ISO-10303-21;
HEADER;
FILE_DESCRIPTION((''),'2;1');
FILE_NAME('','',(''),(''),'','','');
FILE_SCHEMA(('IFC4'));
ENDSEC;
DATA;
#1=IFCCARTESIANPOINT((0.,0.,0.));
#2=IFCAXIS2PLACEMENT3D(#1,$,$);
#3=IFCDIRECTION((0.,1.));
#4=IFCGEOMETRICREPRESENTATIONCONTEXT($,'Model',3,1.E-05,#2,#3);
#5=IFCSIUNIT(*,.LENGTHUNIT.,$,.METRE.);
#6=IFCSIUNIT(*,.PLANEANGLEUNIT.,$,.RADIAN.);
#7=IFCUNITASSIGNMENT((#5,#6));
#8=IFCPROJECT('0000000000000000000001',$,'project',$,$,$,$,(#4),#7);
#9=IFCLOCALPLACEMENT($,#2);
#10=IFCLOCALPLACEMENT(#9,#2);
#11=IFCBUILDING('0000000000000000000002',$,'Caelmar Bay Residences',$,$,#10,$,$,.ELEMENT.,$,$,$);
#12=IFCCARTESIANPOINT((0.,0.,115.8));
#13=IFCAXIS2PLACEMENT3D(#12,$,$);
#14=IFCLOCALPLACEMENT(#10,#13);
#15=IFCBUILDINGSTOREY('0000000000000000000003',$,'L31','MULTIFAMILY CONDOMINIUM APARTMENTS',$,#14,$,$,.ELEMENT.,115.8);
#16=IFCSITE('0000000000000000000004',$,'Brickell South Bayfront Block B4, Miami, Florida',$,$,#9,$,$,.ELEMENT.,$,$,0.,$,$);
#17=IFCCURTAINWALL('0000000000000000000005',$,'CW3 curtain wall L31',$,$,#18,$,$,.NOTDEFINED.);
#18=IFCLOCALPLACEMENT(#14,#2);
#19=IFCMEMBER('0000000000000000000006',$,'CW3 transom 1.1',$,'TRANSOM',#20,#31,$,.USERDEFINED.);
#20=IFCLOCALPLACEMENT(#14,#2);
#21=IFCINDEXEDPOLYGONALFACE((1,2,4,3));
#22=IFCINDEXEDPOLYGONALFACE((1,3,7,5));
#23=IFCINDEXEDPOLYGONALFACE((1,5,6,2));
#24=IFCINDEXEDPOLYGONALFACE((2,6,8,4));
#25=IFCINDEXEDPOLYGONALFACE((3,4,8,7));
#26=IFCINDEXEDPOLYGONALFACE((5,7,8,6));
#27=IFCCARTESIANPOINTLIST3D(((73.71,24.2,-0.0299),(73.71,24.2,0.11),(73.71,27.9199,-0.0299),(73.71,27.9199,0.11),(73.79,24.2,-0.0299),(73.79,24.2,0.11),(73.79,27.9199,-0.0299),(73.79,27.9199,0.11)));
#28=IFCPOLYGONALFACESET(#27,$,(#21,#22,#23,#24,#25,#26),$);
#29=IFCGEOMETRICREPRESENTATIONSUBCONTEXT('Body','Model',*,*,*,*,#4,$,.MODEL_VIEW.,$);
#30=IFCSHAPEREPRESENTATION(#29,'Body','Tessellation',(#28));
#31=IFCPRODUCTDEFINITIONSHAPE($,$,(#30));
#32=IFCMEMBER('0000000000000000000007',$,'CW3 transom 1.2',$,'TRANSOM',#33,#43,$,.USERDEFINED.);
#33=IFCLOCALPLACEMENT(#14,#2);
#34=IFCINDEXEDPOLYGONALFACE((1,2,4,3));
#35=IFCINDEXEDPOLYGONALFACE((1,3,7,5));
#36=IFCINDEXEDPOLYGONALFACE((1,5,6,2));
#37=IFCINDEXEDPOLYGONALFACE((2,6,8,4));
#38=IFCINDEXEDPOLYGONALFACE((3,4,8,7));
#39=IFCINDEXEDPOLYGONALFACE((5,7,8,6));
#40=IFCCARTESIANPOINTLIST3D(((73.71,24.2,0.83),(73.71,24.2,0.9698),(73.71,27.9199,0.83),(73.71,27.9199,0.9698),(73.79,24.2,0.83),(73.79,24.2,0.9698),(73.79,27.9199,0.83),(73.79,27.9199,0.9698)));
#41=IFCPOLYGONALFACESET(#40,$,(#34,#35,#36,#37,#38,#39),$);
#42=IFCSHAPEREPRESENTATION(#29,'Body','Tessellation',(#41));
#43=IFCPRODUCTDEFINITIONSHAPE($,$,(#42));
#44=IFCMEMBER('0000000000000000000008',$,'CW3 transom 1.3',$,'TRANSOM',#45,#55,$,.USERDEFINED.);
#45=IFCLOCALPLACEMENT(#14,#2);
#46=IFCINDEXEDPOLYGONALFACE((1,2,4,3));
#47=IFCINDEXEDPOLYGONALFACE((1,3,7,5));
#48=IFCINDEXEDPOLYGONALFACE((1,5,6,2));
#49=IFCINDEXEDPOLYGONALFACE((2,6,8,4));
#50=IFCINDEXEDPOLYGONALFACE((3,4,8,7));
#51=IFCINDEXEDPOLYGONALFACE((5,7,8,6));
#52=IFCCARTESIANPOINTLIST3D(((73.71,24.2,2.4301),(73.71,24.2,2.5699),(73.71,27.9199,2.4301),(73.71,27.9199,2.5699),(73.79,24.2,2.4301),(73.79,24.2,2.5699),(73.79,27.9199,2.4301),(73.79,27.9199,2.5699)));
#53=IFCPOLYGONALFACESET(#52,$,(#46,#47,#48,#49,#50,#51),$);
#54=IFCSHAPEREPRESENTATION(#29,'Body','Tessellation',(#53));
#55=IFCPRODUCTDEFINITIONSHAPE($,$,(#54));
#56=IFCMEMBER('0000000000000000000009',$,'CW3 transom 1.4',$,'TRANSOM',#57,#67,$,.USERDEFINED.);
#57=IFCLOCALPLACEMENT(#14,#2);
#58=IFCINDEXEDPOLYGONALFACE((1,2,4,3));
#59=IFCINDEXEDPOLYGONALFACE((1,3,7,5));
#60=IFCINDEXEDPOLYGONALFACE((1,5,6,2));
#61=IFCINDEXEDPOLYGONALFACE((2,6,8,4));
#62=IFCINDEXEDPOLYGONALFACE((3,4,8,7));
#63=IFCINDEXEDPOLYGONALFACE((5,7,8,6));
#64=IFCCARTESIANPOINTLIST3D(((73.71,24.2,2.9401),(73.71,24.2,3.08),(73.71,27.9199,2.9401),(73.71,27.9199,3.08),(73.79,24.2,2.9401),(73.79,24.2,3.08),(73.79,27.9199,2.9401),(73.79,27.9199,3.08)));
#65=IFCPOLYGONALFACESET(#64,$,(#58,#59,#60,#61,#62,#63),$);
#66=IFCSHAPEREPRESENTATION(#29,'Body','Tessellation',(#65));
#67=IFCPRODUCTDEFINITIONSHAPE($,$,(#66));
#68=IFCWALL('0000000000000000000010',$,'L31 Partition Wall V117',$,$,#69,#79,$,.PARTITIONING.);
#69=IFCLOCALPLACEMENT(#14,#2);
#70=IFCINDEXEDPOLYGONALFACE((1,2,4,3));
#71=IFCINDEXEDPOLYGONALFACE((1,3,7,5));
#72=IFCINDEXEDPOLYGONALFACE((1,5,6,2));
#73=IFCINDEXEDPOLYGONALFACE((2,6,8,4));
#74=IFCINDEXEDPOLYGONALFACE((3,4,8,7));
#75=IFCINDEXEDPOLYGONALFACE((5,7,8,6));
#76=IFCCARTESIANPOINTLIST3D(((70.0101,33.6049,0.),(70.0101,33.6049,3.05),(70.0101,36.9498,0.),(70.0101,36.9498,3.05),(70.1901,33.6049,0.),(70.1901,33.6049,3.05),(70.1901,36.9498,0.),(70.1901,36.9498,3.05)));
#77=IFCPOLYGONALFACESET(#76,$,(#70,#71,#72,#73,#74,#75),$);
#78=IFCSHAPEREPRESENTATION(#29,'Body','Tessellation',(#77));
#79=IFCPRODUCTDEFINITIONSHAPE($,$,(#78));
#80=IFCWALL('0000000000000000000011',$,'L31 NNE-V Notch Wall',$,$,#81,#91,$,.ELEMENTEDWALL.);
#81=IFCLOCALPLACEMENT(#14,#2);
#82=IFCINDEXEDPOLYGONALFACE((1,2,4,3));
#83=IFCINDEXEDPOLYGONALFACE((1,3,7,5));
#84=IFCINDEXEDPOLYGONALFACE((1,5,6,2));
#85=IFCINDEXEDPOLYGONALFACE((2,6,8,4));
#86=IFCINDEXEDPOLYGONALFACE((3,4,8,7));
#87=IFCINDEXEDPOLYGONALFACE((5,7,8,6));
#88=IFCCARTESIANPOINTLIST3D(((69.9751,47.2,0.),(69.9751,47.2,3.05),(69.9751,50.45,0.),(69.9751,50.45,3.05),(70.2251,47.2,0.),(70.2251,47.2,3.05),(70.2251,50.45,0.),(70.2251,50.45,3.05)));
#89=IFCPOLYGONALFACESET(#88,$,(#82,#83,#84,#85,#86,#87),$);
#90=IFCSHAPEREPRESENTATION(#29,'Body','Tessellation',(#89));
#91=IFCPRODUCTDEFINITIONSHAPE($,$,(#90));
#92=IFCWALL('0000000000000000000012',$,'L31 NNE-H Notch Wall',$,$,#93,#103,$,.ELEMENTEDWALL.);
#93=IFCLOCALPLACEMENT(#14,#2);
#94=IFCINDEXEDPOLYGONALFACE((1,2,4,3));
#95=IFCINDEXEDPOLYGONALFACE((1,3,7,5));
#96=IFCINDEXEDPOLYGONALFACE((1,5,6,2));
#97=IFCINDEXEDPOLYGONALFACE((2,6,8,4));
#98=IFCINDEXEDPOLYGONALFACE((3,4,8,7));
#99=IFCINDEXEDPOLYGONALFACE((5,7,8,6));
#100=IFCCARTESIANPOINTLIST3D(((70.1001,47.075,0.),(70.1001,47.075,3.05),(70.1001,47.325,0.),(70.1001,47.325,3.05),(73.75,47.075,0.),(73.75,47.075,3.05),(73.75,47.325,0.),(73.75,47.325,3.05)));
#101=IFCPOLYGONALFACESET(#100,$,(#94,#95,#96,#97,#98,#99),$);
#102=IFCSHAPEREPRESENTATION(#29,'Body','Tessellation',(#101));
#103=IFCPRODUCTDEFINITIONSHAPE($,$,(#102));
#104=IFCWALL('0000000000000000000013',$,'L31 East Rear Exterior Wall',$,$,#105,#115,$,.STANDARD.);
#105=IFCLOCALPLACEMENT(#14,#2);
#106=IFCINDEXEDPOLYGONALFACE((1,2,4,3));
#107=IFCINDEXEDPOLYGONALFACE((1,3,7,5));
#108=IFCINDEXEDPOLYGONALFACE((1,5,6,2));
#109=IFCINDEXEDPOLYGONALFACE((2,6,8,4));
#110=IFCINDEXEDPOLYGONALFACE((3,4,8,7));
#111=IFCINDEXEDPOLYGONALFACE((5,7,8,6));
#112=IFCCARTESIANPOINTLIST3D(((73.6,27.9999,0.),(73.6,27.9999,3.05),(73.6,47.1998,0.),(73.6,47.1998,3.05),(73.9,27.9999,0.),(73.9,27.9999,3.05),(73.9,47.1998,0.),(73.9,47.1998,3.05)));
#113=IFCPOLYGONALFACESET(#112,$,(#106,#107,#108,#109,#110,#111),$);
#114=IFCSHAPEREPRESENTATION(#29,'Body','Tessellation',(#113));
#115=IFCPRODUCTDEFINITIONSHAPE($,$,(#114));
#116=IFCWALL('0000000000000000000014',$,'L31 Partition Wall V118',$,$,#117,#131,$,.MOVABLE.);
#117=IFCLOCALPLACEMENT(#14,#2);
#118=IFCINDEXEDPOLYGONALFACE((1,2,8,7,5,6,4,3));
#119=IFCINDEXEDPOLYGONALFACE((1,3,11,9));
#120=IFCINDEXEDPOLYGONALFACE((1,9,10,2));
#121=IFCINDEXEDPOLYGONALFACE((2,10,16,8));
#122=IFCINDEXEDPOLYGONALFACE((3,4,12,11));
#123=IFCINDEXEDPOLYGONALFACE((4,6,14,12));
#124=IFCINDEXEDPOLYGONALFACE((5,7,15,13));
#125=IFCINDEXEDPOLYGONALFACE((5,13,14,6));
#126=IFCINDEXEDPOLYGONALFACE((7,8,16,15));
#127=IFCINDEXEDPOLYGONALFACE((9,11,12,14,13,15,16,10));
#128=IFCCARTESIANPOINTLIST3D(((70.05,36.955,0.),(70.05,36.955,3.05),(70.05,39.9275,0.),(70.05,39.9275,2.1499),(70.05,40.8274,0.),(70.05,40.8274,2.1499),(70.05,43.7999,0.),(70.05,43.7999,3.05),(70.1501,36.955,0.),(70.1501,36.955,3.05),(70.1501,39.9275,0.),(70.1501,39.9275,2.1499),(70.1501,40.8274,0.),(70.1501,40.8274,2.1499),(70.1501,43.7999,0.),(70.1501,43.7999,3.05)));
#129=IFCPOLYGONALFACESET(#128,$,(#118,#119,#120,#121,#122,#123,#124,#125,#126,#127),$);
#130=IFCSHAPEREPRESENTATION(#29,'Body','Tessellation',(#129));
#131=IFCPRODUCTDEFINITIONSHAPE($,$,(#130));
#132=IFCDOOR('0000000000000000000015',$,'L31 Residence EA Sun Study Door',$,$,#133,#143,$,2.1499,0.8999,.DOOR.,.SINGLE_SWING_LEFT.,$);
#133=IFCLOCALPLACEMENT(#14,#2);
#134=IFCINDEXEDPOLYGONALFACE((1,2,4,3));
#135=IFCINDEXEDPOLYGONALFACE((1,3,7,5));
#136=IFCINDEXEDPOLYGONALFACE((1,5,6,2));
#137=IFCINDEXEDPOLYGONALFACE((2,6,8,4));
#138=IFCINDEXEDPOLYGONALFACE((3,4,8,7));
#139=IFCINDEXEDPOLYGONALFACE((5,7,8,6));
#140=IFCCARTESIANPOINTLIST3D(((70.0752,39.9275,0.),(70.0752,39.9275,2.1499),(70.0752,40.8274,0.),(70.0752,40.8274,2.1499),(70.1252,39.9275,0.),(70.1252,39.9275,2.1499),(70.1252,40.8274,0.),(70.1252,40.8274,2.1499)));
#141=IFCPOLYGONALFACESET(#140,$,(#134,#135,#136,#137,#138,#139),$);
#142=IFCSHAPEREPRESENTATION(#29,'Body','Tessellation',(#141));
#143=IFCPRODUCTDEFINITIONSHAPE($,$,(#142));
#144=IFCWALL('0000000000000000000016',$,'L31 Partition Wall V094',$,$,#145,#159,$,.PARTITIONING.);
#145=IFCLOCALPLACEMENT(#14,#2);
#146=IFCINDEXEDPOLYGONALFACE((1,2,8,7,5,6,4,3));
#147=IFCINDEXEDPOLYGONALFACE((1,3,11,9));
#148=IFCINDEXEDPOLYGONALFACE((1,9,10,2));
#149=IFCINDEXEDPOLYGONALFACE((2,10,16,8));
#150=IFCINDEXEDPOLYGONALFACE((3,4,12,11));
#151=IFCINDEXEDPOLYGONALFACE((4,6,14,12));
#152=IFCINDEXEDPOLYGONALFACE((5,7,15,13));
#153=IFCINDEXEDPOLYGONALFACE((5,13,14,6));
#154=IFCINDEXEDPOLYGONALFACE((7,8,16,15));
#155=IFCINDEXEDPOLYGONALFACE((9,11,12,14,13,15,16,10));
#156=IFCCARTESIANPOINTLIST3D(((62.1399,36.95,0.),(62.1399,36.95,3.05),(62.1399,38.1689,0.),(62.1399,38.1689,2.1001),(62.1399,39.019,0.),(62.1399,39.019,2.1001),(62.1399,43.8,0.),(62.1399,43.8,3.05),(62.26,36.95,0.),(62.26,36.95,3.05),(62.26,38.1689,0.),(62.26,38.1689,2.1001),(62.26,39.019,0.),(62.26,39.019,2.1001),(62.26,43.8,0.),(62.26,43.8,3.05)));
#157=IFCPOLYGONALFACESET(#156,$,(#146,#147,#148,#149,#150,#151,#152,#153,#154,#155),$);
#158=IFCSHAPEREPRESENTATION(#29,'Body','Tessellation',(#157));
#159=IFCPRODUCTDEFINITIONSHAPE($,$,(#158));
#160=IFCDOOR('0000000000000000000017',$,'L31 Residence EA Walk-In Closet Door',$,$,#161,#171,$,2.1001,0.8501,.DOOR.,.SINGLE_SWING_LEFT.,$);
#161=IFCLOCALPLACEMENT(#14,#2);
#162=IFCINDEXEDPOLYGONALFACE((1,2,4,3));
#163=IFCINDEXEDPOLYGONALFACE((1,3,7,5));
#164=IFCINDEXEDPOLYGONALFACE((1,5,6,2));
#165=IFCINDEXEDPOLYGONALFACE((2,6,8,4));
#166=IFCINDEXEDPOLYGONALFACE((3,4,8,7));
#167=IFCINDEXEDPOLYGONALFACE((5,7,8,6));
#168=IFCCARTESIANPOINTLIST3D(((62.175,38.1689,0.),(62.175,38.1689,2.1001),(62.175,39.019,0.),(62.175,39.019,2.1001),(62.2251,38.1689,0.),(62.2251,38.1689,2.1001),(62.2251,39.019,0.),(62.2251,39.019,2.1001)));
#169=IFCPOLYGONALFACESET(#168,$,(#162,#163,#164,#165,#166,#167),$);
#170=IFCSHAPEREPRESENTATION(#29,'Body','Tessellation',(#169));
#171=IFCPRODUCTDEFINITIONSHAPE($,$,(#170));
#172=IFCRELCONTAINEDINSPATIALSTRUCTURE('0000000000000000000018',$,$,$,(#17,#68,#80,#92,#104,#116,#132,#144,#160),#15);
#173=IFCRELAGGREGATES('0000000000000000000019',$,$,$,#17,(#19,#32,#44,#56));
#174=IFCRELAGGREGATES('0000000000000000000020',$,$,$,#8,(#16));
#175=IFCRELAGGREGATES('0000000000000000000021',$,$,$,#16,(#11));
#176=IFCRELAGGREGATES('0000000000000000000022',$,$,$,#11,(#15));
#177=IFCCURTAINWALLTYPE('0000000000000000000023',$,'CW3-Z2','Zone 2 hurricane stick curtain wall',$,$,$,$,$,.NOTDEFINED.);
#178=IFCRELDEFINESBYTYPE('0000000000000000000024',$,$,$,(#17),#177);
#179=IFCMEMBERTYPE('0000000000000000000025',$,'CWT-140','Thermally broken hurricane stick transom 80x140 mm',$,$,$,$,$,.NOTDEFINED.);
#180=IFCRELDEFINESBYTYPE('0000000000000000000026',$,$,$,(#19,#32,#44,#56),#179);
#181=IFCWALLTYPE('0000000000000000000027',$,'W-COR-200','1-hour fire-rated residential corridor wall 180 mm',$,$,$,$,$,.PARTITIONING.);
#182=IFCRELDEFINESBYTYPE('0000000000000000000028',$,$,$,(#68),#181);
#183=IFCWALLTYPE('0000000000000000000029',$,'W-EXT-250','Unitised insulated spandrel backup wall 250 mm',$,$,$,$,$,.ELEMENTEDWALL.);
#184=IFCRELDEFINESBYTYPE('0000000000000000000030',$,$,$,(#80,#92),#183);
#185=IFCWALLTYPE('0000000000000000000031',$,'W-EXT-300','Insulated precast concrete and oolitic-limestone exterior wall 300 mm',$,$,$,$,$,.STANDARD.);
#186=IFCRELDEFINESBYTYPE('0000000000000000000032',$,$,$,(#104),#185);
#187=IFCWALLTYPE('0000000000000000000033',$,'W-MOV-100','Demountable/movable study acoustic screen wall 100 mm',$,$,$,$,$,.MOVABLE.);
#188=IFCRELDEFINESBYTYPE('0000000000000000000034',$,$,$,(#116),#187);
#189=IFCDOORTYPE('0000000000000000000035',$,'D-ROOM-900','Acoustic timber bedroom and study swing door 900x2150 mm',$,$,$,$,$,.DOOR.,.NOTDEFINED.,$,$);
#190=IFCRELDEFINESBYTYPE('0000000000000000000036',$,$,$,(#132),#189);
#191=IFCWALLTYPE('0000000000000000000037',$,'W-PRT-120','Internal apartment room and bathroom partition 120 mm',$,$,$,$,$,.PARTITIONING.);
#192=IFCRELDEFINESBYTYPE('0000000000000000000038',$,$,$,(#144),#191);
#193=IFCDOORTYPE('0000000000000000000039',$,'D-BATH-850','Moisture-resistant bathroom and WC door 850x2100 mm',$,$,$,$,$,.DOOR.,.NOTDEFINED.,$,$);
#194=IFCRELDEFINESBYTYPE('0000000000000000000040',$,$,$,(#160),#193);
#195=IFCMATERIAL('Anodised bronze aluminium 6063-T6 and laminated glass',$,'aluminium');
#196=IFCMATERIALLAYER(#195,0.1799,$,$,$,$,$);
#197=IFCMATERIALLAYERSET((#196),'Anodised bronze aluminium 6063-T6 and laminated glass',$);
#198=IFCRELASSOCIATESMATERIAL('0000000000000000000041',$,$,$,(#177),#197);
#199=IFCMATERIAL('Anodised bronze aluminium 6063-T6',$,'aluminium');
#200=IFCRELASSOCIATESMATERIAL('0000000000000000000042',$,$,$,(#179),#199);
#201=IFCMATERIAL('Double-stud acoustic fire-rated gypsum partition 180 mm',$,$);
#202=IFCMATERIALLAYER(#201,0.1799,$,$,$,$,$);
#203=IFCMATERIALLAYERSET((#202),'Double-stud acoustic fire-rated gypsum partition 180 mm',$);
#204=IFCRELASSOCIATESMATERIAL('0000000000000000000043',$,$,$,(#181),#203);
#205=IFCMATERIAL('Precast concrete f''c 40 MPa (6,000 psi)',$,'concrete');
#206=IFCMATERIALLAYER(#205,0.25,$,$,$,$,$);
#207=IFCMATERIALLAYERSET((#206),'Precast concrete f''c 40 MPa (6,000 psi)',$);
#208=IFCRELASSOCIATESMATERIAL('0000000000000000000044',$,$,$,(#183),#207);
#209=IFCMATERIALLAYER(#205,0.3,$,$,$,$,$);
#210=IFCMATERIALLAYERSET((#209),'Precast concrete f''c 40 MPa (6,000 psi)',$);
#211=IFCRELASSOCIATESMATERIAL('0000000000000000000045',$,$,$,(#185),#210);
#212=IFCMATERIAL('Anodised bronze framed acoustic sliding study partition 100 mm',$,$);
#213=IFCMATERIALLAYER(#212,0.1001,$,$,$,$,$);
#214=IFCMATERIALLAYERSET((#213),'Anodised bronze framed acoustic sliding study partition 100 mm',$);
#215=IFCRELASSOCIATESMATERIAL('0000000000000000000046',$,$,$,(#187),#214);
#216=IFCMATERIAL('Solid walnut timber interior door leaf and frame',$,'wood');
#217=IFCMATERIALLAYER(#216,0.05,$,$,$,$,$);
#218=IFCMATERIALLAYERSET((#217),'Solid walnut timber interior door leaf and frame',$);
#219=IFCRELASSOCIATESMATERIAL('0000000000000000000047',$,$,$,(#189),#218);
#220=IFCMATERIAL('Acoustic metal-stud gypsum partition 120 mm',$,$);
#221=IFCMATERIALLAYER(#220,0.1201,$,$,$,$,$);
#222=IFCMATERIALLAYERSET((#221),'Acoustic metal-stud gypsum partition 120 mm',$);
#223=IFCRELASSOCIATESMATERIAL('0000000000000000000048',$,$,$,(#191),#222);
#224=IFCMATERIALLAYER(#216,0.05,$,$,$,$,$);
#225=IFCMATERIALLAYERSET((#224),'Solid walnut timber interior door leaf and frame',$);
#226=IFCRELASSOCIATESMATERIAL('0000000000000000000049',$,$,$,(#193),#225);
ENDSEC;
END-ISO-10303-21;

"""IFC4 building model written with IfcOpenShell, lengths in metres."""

from ifc_helpers import new_model, si_unit, direction, frame, frame_2d, origin, origin_2d, place, context, subcontext, project, spatial, rectangle, extrude, material, layer, layer_set, material_profile, profile_set, type_object, element, fill, aggregate, save


model = new_model("IFC4")

# Units and contexts
model_context = context("Model", 3, precision=1e-05, world=origin(), true_north=direction((0.0, 1.0)))
body_context = subcontext(model_context, "Body", "Model", "MODEL_VIEW")
ifc_project = project(units=[si_unit("LENGTHUNIT", "METRE"), si_unit("PLANEANGLEUNIT", "RADIAN")], contexts=[model_context])

# Site, building, storey
site_placement = place(None, origin())
site = spatial("IfcSite", under=ifc_project, at=site_placement, Name="Brickell South Bayfront Block B4, Miami, Florida", CompositionType="ELEMENT", RefElevation=0.0)
building_placement = place(site_placement, origin())
building = spatial("IfcBuilding", under=site, at=building_placement, Name="Caelmar Bay Residences", CompositionType="ELEMENT")
storey_placement = place(building_placement, frame((0.0, 0.0, 115.8)))
storey = spatial("IfcBuildingStorey", under=building, at=storey_placement, Name="L31", Description="MULTIFAMILY CONDOMINIUM APARTMENTS", CompositionType="ELEMENT", Elevation=115.8)

# Curtain wall, members
ifc_material_1 = material(Name="Anodised bronze aluminium 6063-T6 and laminated glass", Category="aluminium")
ifc_layer_1 = layer(ifc_material_1, 0.1799)
ifc_layer_set_1 = layer_set([ifc_layer_1], Name="Anodised bronze aluminium 6063-T6 and laminated glass")
curtain_wall_type = type_object("IfcCurtainWallType", Name="CW3-Z2", Description="Zone 2 hurricane stick curtain wall", PredefinedType="NOTDEFINED", material=ifc_layer_set_1)
curtain_wall_placement = place(storey_placement, origin())
curtain_wall = element("IfcCurtainWall", 1, at=curtain_wall_placement, inside=storey, type_object=curtain_wall_type, Name="CW3 curtain wall L31", PredefinedType="NOTDEFINED")
ifc_material_2 = material(Name="Anodised bronze aluminium 6063-T6", Category="aluminium")
ifc_material_profile_1 = material_profile(ifc_material_2, rectangle(XDim=0.0801, YDim=0.1399, at=origin_2d()), Name="CWT-80X140")
ifc_profile_set_1 = profile_set([ifc_material_profile_1], Name="Anodised bronze aluminium 6063-T6")
member_type_1 = type_object("IfcMemberType", Name="CWT-140", Description="Thermally broken hurricane stick transom 80x140 mm", PredefinedType="NOTDEFINED", material=ifc_profile_set_1)
member_1_placement = place(storey_placement, frame((73.75, 27.9199, 0.04), z_axis=(0.0, -1.0, 0.0), x_axis=(1.0, 0.0, 0.0)))
member_1 = element("IfcMember", 2, at=member_1_placement, type_object=member_type_1, Name="CW3 transom 1.1", ObjectType="TRANSOM", PredefinedType="USERDEFINED", context=body_context, shape_type="SweptSolid", body=[
    extrude(rectangle(XDim=0.0801, YDim=0.1399, at=origin_2d()), origin(), (0.0, 0.0, 1.0), 3.72),
])
member_2_placement = place(storey_placement, frame((73.75, 27.9199, 0.8999), z_axis=(0.0, -1.0, 0.0), x_axis=(1.0, 0.0, 0.0)))
member_2 = element("IfcMember", 3, at=member_2_placement, type_object=member_type_1, Name="CW3 transom 1.2", ObjectType="TRANSOM", PredefinedType="USERDEFINED", context=body_context, shape_type="SweptSolid", body=[
    extrude(rectangle(XDim=0.0801, YDim=0.1399, at=origin_2d()), origin(), (0.0, 0.0, 1.0), 3.72),
])
member_3_placement = place(storey_placement, frame((73.75, 27.9199, 2.5), z_axis=(0.0, -1.0, 0.0), x_axis=(1.0, 0.0, 0.0)))
member_3 = element("IfcMember", 4, at=member_3_placement, type_object=member_type_1, Name="CW3 transom 1.3", ObjectType="TRANSOM", PredefinedType="USERDEFINED", context=body_context, shape_type="SweptSolid", body=[
    extrude(rectangle(XDim=0.0801, YDim=0.1399, at=origin_2d()), origin(), (0.0, 0.0, 1.0), 3.72),
])
member_4_placement = place(storey_placement, frame((73.75, 27.9199, 3.01), z_axis=(0.0, -1.0, 0.0), x_axis=(1.0, 0.0, 0.0)))
member_4 = element("IfcMember", 5, at=member_4_placement, type_object=member_type_1, Name="CW3 transom 1.4", ObjectType="TRANSOM", PredefinedType="USERDEFINED", context=body_context, shape_type="SweptSolid", body=[
    extrude(rectangle(XDim=0.0801, YDim=0.1399, at=origin_2d()), origin(), (0.0, 0.0, 1.0), 3.72),
])
aggregate(curtain_wall, [member_1, member_2, member_3, member_4])

# Walls
ifc_material_3 = material(Name="Double-stud acoustic fire-rated gypsum partition 180 mm")
ifc_layer_2 = layer(ifc_material_3, 0.1799)
ifc_layer_set_2 = layer_set([ifc_layer_2], Name="Double-stud acoustic fire-rated gypsum partition 180 mm")
wall_type_1 = type_object("IfcWallType", Name="W-COR-200", Description="1-hour fire-rated residential corridor wall 180 mm", PredefinedType="PARTITIONING", material=ifc_layer_set_2)
wall_1_placement = place(storey_placement, frame((70.1001, 33.605, 0.0), z_axis=(0.0, 0.0, 1.0), x_axis=(0.0, 1.0, 0.0)))
element("IfcWall", 6, at=wall_1_placement, inside=storey, type_object=wall_type_1, Name="L31 Partition Wall V117", PredefinedType="PARTITIONING", context=body_context, shape_type="SweptSolid", body=[
    extrude(rectangle(XDim=3.345, YDim=0.1799, at=frame_2d((1.6724, 0.0))), origin(), (0.0, 0.0, 1.0), 3.05),
])
ifc_material_4 = material(Name="Precast concrete f'c 40 MPa (6,000 psi)", Category="concrete")
ifc_layer_3 = layer(ifc_material_4, 0.25)
ifc_layer_set_3 = layer_set([ifc_layer_3], Name="Precast concrete f'c 40 MPa (6,000 psi)")
wall_type_2 = type_object("IfcWallType", Name="W-EXT-250", Description="Unitised insulated spandrel backup wall 250 mm", PredefinedType="ELEMENTEDWALL", material=ifc_layer_set_3)
wall_2_placement = place(storey_placement, frame((70.1001, 50.45, 0.0), z_axis=(0.0, 0.0, 1.0), x_axis=(0.0, -1.0, 0.0)))
element("IfcWall", 7, at=wall_2_placement, inside=storey, type_object=wall_type_2, Name="L31 NNE-V Notch Wall", PredefinedType="ELEMENTEDWALL", context=body_context, shape_type="SweptSolid", body=[
    extrude(rectangle(XDim=3.25, YDim=0.25, at=frame_2d((1.625, 0.0))), origin(), (0.0, 0.0, 1.0), 3.05),
])
wall_3_placement = place(storey_placement, frame((70.1001, 47.2, 0.0), z_axis=(0.0, 0.0, 1.0), x_axis=(1.0, 0.0, 0.0)))
element("IfcWall", 8, at=wall_3_placement, inside=storey, type_object=wall_type_2, Name="L31 NNE-H Notch Wall", PredefinedType="ELEMENTEDWALL", context=body_context, shape_type="SweptSolid", body=[
    extrude(rectangle(XDim=3.6499, YDim=0.25, at=frame_2d((1.825, 0.0))), origin(), (0.0, 0.0, 1.0), 3.05),
])
ifc_layer_4 = layer(ifc_material_4, 0.3)
ifc_layer_set_4 = layer_set([ifc_layer_4], Name="Precast concrete f'c 40 MPa (6,000 psi)")
wall_type_3 = type_object("IfcWallType", Name="W-EXT-300", Description="Insulated precast concrete and oolitic-limestone exterior wall 300 mm", PredefinedType="STANDARD", material=ifc_layer_set_4)
wall_4_placement = place(storey_placement, frame((73.75, 47.2, 0.0), z_axis=(0.0, 0.0, 1.0), x_axis=(0.0, -1.0, 0.0)))
element("IfcWall", 9, at=wall_4_placement, inside=storey, type_object=wall_type_3, Name="L31 East Rear Exterior Wall", PredefinedType="STANDARD", context=body_context, shape_type="SweptSolid", body=[
    extrude(rectangle(XDim=19.2, YDim=0.3, at=frame_2d((9.6001, 0.0))), origin(), (0.0, 0.0, 1.0), 3.05),
])

# Walls, openings, doors
ifc_material_5 = material(Name="Anodised bronze framed acoustic sliding study partition 100 mm")
ifc_layer_5 = layer(ifc_material_5, 0.1001)
ifc_layer_set_5 = layer_set([ifc_layer_5], Name="Anodised bronze framed acoustic sliding study partition 100 mm")
wall_type_4 = type_object("IfcWallType", Name="W-MOV-100", Description="Demountable/movable study acoustic screen wall 100 mm", PredefinedType="MOVABLE", material=ifc_layer_set_5)
wall_5_placement = place(storey_placement, frame((70.1001, 36.9551, 0.0), z_axis=(0.0, 0.0, 1.0), x_axis=(0.0, 1.0, 0.0)))
wall_5 = element("IfcWall", 10, at=wall_5_placement, inside=storey, type_object=wall_type_4, Name="L31 Partition Wall V118", PredefinedType="MOVABLE", context=body_context, shape_type="SweptSolid", body=[
    extrude(rectangle(XDim=6.845, YDim=0.1001, at=frame_2d((3.4224, 0.0))), origin(), (0.0, 0.0, 1.0), 3.05),
])
opening_1_placement = place(wall_5_placement, frame((2.9724, 0.0, 0.0)))
opening_1 = element("IfcOpeningElement", 11, at=opening_1_placement, cuts=wall_5, PredefinedType="OPENING", context=body_context, shape_type="SweptSolid", body=[
    extrude(rectangle(XDim=0.8999, YDim=2.1499, at=frame_2d((0.45, 1.075))), frame((0.0, 0.0601, 0.0), z_axis=(0.0, -1.0, 0.0), x_axis=(1.0, 0.0, 0.0)), (0.0, 0.0, 1.0), 0.1201),
])
ifc_material_6 = material(Name="Solid walnut timber interior door leaf and frame", Category="wood")
ifc_layer_6 = layer(ifc_material_6, 0.05)
ifc_layer_set_6 = layer_set([ifc_layer_6], Name="Solid walnut timber interior door leaf and frame")
door_type_1 = type_object("IfcDoorType", Name="D-ROOM-900", Description="Acoustic timber bedroom and study swing door 900x2150 mm", OperationType="NOTDEFINED", PredefinedType="DOOR", material=ifc_layer_set_6)
door_1_placement = place(opening_1_placement, origin())
door_1 = element("IfcDoor", 12, at=door_1_placement, inside=storey, type_object=door_type_1, Name="L31 Residence EA Sun Study Door", OperationType="SINGLE_SWING_LEFT", OverallHeight=2.1499, OverallWidth=0.8999, PredefinedType="DOOR", context=body_context, shape_type="SweptSolid", body=[
    extrude(rectangle(XDim=0.8999, YDim=2.1499, at=frame_2d((0.45, 1.075))), frame((0.0, 0.0249, 0.0), z_axis=(0.0, -1.0, 0.0), x_axis=(1.0, 0.0, 0.0)), (0.0, 0.0, 1.0), 0.05),
])
fill(opening_1, door_1)
ifc_material_7 = material(Name="Acoustic metal-stud gypsum partition 120 mm")
ifc_layer_7 = layer(ifc_material_7, 0.1201)
ifc_layer_set_7 = layer_set([ifc_layer_7], Name="Acoustic metal-stud gypsum partition 120 mm")
wall_type_5 = type_object("IfcWallType", Name="W-PRT-120", Description="Internal apartment room and bathroom partition 120 mm", PredefinedType="PARTITIONING", material=ifc_layer_set_7)
wall_6_placement = place(storey_placement, frame((62.2, 36.95, 0.0), z_axis=(0.0, 0.0, 1.0), x_axis=(0.0, 1.0, 0.0)))
wall_6 = element("IfcWall", 13, at=wall_6_placement, inside=storey, type_object=wall_type_5, Name="L31 Partition Wall V094", PredefinedType="PARTITIONING", context=body_context, shape_type="SweptSolid", body=[
    extrude(rectangle(XDim=6.8501, YDim=0.1201, at=frame_2d((3.425, 0.0))), origin(), (0.0, 0.0, 1.0), 3.05),
])
opening_2_placement = place(wall_6_placement, frame((1.219, 0.0, 0.0)))
opening_2 = element("IfcOpeningElement", 14, at=opening_2_placement, cuts=wall_6, PredefinedType="OPENING", context=body_context, shape_type="SweptSolid", body=[
    extrude(rectangle(XDim=0.8501, YDim=2.1001, at=frame_2d((0.425, 1.05))), frame((0.0, 0.0701, 0.0), z_axis=(0.0, -1.0, 0.0), x_axis=(1.0, 0.0, 0.0)), (0.0, 0.0, 1.0), 0.1401),
])
ifc_layer_8 = layer(ifc_material_6, 0.05)
ifc_layer_set_8 = layer_set([ifc_layer_8], Name="Solid walnut timber interior door leaf and frame")
door_type_2 = type_object("IfcDoorType", Name="D-BATH-850", Description="Moisture-resistant bathroom and WC door 850x2100 mm", OperationType="NOTDEFINED", PredefinedType="DOOR", material=ifc_layer_set_8)
door_2_placement = place(opening_2_placement, origin())
door_2 = element("IfcDoor", 15, at=door_2_placement, inside=storey, type_object=door_type_2, Name="L31 Residence EA Walk-In Closet Door", OperationType="SINGLE_SWING_LEFT", OverallHeight=2.1001, OverallWidth=0.8501, PredefinedType="DOOR", context=body_context, shape_type="SweptSolid", body=[
    extrude(rectangle(XDim=0.8501, YDim=2.1001, at=frame_2d((0.425, 1.05))), frame((0.0, 0.0249, 0.0), z_axis=(0.0, -1.0, 0.0), x_axis=(1.0, 0.0, 0.0)), (0.0, 0.0, 1.0), 0.05),
])
fill(opening_2, door_2)

save(model, "model.ifc")
